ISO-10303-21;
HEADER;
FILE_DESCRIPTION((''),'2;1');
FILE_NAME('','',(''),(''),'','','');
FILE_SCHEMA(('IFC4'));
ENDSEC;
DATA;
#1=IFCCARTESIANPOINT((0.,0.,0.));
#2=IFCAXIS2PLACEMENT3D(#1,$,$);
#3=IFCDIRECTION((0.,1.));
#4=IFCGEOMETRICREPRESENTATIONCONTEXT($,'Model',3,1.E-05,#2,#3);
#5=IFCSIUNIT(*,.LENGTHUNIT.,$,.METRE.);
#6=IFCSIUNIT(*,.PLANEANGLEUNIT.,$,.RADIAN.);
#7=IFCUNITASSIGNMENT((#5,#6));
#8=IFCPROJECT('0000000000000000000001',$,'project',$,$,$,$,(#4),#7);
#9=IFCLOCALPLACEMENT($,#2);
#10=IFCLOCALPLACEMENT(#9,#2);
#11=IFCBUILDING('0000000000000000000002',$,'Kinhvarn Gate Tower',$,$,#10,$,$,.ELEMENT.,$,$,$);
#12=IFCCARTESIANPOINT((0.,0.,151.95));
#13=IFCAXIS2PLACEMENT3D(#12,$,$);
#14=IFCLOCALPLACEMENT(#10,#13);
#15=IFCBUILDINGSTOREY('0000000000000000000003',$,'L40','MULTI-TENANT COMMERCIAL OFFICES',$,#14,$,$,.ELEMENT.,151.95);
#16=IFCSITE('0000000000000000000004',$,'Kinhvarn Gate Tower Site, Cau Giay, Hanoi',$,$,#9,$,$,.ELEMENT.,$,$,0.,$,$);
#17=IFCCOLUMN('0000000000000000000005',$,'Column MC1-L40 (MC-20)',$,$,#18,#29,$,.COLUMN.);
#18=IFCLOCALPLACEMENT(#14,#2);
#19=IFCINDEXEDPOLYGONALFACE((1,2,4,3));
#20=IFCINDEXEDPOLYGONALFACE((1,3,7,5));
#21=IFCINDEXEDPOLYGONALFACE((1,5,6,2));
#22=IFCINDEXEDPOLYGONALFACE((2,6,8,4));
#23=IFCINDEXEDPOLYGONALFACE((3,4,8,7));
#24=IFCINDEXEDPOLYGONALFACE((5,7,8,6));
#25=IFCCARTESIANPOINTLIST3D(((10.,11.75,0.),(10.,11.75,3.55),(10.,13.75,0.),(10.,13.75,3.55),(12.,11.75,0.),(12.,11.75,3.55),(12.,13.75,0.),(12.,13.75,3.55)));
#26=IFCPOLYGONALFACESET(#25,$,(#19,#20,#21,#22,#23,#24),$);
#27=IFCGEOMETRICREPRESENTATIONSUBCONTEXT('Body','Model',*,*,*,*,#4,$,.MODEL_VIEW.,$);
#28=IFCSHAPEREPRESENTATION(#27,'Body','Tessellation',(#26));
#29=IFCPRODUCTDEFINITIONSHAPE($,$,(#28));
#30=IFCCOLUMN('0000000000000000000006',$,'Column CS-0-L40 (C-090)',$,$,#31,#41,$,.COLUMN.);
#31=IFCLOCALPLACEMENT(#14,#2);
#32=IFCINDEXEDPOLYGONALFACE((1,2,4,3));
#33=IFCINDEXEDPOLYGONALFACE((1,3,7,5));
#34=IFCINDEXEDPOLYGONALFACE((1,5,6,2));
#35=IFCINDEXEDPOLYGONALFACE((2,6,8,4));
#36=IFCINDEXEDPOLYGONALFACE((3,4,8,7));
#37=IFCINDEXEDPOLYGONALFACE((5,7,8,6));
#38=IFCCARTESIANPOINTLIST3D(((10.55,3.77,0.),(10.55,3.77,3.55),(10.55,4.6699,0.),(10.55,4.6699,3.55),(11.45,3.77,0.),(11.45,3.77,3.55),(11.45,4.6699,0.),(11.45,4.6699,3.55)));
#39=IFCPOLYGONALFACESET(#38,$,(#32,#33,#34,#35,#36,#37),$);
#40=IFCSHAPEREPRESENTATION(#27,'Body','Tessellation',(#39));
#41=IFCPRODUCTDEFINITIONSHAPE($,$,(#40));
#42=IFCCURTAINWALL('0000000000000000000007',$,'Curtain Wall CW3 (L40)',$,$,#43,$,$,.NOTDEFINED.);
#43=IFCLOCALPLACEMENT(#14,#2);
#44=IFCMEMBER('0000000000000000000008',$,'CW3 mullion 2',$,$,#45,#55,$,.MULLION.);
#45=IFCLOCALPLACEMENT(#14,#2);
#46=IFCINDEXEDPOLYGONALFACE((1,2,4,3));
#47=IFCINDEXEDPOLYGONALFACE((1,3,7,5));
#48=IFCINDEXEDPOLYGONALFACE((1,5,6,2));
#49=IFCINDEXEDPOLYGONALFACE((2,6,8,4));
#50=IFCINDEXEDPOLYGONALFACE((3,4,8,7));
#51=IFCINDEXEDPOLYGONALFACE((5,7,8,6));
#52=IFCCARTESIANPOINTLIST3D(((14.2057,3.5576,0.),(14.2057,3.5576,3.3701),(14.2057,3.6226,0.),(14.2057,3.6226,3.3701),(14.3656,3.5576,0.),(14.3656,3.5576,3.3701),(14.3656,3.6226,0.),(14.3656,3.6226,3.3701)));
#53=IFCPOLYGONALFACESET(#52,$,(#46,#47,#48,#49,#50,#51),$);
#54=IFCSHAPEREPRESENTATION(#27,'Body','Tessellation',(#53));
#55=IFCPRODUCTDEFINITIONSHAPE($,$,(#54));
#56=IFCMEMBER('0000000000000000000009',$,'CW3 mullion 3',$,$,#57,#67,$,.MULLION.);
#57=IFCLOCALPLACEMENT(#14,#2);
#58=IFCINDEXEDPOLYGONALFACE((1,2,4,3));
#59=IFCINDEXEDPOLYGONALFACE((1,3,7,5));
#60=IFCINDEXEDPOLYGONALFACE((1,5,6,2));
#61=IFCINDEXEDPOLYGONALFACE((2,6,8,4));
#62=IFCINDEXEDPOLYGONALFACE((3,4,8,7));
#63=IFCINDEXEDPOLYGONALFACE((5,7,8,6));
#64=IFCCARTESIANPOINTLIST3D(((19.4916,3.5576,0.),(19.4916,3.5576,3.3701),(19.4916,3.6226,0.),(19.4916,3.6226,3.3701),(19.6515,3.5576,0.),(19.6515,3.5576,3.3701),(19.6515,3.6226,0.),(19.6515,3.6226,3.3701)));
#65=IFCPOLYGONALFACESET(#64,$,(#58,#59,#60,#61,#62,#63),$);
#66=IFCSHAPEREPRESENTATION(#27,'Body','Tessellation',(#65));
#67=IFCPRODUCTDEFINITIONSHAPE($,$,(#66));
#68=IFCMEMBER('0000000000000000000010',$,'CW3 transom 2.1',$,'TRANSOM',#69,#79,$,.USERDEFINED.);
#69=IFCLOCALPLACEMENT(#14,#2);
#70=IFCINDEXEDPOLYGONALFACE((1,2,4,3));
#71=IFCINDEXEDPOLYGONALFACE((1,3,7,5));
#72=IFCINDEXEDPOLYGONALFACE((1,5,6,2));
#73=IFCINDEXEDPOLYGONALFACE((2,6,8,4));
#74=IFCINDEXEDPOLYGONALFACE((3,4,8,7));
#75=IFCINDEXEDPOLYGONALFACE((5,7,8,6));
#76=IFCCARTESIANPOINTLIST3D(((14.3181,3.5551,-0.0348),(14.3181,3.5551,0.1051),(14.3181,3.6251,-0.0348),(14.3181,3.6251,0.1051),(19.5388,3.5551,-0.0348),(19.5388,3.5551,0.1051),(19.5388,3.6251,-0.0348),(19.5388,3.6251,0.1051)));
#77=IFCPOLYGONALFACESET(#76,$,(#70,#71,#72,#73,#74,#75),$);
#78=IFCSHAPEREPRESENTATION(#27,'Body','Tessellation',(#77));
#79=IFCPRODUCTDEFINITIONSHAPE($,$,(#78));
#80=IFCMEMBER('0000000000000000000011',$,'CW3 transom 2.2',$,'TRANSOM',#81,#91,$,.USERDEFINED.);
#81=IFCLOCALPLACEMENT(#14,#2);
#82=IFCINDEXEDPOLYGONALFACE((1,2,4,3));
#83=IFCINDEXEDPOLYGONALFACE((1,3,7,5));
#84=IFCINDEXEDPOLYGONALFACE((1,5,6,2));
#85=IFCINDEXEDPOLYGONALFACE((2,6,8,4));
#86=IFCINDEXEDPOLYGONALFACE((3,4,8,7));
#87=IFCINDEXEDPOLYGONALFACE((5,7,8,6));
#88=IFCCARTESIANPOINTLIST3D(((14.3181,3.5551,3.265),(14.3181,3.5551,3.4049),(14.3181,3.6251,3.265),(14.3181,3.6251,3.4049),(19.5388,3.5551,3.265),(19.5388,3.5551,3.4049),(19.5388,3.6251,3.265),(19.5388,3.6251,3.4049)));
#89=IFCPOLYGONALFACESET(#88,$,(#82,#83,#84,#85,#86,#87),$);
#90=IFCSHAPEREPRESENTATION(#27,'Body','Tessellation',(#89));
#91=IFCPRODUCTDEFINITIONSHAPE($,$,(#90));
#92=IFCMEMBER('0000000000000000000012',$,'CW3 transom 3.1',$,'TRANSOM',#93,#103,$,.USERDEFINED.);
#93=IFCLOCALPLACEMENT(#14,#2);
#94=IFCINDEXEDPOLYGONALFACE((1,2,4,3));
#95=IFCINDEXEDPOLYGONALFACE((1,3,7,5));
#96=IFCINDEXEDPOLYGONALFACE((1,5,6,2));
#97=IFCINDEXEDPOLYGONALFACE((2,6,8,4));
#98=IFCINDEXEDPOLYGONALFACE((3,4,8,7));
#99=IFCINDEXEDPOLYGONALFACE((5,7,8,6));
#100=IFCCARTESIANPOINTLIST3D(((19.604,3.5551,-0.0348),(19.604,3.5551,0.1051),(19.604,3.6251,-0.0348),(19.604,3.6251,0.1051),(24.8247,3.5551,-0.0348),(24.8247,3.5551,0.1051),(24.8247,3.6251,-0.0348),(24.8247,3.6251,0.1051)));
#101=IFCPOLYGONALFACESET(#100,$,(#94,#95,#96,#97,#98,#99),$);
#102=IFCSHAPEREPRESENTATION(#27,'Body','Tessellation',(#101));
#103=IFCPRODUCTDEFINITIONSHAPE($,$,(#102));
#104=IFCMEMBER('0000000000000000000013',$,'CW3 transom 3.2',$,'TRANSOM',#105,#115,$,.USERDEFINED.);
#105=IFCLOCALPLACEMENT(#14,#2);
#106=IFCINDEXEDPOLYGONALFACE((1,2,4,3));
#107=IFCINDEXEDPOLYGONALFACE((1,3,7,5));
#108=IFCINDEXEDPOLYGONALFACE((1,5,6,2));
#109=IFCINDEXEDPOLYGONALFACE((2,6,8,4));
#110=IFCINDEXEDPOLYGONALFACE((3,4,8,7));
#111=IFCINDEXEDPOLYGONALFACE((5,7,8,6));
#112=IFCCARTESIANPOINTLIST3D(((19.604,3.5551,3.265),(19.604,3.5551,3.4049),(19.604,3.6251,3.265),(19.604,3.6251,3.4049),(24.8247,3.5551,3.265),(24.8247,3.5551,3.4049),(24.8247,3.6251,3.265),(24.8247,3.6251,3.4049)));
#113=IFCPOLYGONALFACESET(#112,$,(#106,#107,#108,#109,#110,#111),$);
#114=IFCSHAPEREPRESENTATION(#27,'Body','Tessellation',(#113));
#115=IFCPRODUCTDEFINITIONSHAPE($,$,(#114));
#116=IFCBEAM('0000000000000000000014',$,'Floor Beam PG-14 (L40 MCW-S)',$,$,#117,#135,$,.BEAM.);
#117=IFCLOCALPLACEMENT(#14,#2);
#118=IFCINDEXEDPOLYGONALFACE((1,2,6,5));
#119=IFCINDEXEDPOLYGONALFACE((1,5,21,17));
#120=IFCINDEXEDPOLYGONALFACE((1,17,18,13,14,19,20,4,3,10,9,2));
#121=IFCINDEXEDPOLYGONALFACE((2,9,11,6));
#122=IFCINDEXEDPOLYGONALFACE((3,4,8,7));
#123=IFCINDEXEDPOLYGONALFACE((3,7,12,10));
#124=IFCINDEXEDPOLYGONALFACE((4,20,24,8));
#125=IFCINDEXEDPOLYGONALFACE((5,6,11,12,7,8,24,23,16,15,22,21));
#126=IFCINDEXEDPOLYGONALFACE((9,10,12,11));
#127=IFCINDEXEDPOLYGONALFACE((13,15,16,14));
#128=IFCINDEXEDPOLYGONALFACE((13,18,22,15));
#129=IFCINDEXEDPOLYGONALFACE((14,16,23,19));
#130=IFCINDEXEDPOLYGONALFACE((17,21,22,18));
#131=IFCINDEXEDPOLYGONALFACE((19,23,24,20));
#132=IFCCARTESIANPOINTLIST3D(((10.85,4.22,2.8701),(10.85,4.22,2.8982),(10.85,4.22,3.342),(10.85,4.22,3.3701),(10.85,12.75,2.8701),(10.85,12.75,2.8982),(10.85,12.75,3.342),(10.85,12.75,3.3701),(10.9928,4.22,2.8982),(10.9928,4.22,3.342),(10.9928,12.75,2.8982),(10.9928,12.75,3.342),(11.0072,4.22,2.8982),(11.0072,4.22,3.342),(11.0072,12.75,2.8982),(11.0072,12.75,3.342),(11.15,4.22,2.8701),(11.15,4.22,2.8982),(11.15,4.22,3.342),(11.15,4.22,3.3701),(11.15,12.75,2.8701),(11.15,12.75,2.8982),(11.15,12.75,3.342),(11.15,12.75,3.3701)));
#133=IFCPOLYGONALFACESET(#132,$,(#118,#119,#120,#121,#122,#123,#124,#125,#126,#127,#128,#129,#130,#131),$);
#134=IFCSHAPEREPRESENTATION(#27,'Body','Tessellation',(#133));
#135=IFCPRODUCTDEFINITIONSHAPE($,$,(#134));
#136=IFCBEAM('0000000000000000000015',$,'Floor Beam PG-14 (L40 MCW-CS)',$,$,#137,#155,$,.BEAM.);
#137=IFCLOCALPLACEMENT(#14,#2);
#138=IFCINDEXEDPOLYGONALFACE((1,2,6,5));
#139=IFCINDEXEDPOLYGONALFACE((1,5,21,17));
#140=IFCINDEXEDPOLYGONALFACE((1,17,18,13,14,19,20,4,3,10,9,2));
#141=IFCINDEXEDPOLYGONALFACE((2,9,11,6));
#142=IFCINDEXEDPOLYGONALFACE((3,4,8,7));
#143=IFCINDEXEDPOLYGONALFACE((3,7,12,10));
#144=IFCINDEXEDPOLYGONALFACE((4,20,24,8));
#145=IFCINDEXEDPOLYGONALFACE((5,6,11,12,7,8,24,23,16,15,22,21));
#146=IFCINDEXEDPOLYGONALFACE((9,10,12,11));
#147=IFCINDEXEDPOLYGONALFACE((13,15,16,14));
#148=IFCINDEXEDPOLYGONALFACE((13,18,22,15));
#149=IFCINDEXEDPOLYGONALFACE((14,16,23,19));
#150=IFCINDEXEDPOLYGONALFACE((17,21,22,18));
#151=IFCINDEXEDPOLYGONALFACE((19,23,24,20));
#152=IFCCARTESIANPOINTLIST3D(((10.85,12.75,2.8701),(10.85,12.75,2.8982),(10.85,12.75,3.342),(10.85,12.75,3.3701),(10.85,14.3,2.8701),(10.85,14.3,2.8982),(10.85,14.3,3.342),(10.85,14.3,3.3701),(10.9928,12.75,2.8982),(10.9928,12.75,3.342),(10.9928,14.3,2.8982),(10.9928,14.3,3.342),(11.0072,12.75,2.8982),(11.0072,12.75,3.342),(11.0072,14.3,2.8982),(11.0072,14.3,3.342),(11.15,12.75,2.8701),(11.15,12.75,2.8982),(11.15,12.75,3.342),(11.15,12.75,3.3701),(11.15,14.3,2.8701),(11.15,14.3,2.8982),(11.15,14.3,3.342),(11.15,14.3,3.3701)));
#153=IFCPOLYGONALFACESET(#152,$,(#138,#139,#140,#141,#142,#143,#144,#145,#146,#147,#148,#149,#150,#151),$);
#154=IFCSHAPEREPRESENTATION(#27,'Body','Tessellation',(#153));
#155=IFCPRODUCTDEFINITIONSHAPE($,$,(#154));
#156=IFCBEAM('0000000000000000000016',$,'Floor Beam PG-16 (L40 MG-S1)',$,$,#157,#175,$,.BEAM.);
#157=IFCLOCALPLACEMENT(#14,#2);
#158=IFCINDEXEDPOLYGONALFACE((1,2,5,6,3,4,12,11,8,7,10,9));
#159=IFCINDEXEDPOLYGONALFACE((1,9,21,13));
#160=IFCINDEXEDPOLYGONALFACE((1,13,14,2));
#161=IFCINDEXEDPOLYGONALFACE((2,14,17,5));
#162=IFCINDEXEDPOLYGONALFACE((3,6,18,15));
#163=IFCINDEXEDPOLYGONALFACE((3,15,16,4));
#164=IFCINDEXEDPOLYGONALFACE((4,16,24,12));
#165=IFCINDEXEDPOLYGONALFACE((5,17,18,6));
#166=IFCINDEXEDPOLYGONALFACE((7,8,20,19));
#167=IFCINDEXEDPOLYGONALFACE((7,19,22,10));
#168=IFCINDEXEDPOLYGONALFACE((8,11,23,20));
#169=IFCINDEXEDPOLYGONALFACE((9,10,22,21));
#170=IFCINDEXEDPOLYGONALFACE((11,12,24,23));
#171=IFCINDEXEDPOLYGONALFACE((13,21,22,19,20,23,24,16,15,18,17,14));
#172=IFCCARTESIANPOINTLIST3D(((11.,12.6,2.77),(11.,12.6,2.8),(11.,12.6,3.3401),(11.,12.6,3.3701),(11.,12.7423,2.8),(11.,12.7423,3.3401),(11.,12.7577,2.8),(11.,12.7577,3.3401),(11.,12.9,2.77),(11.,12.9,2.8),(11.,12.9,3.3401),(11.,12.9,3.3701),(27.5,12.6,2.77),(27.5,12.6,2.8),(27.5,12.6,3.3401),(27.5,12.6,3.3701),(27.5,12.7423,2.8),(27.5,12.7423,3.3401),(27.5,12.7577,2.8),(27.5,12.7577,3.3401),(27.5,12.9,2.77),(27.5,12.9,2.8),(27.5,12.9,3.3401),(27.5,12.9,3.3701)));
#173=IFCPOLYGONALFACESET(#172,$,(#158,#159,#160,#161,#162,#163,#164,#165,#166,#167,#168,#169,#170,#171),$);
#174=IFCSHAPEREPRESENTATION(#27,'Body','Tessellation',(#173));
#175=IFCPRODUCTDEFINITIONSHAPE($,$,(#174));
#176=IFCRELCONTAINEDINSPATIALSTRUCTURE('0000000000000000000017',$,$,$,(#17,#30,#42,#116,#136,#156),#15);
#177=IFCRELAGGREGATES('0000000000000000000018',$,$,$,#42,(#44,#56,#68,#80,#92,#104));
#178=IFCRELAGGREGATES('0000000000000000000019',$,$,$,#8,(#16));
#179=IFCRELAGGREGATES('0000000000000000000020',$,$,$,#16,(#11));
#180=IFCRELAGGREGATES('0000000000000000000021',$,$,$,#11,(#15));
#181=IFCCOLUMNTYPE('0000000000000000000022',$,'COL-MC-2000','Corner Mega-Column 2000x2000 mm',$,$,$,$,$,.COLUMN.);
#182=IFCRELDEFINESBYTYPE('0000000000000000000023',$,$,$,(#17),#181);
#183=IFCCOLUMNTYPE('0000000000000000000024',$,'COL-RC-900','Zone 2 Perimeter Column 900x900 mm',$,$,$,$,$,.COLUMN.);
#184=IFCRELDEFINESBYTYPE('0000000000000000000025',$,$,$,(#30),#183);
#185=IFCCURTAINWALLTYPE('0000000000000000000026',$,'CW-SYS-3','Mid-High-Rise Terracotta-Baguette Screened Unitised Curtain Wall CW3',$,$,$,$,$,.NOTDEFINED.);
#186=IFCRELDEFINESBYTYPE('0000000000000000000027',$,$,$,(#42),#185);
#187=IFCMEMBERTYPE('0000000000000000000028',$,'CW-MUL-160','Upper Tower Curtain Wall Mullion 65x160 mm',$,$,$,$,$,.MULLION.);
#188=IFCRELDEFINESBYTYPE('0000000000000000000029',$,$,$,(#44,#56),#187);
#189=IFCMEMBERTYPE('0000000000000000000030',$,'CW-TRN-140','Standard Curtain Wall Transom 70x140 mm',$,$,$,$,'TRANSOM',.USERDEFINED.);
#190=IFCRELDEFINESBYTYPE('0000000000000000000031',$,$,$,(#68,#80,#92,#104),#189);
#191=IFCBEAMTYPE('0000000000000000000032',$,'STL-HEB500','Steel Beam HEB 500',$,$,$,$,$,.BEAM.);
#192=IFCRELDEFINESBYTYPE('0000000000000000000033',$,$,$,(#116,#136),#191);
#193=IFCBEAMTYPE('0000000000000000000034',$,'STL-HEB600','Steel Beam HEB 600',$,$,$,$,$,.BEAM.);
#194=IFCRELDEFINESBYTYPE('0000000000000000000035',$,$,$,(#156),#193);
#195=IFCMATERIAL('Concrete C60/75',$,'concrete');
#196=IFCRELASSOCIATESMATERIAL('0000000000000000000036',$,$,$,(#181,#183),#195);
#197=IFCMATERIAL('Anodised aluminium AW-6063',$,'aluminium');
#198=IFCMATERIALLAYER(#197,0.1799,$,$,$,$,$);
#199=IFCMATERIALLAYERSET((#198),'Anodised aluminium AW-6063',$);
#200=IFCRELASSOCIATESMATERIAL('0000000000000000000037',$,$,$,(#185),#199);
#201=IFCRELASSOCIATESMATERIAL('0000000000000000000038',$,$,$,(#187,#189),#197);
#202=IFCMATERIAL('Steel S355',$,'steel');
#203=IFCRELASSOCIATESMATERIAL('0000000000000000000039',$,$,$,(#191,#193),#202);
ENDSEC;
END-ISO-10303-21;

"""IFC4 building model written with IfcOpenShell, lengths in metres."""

from ifc_helpers import new_model, si_unit, direction, frame, origin, origin_2d, place, context, subcontext, project, spatial, rectangle, i_section, extrude, material, layer, layer_set, material_profile, profile_set, type_object, element, aggregate, save


model = new_model("IFC4")

# Units and contexts
model_context = context("Model", 3, precision=1e-05, world=origin(), true_north=direction((0.0, 1.0)))
body_context = subcontext(model_context, "Body", "Model", "MODEL_VIEW")
ifc_project = project(units=[si_unit("LENGTHUNIT", "METRE"), si_unit("PLANEANGLEUNIT", "RADIAN")], contexts=[model_context])

# Site, building, storey
site_placement = place(None, origin())
site = spatial("IfcSite", under=ifc_project, at=site_placement, Name="Kinhvarn Gate Tower Site, Cau Giay, Hanoi", CompositionType="ELEMENT", RefElevation=0.0)
building_placement = place(site_placement, origin())
building = spatial("IfcBuilding", under=site, at=building_placement, Name="Kinhvarn Gate Tower", CompositionType="ELEMENT")
storey_placement = place(building_placement, frame((0.0, 0.0, 151.95)))
storey = spatial("IfcBuildingStorey", under=building, at=storey_placement, Name="L40", Description="MULTI-TENANT COMMERCIAL OFFICES", CompositionType="ELEMENT", Elevation=151.95)

# Columns
ifc_material_1 = material(Name="Concrete C60/75", Category="concrete")
ifc_material_profile_1 = material_profile(ifc_material_1, rectangle(XDim=2.0, YDim=2.0, at=origin_2d()), Name="RC 2000x2000")
ifc_profile_set_1 = profile_set([ifc_material_profile_1], Name="Concrete C60/75")
column_type_1 = type_object("IfcColumnType", Name="COL-MC-2000", Description="Corner Mega-Column 2000x2000 mm", PredefinedType="COLUMN", material=ifc_profile_set_1)
column_1_placement = place(storey_placement, frame((11.0, 12.75, 0.0), z_axis=(0.0, 0.0, 1.0), x_axis=(1.0, 0.0, 0.0)))
element("IfcColumn", 1, at=column_1_placement, inside=storey, type_object=column_type_1, Name="Column MC1-L40 (MC-20)", PredefinedType="COLUMN", context=body_context, shape_type="SweptSolid", body=[
    extrude(rectangle(XDim=2.0, YDim=2.0, at=origin_2d()), origin(), (0.0, 0.0, 1.0), 3.55),
])
ifc_material_profile_2 = material_profile(ifc_material_1, rectangle(XDim=0.8999, YDim=0.8999, at=origin_2d()), Name="RC 900x900")
ifc_profile_set_2 = profile_set([ifc_material_profile_2], Name="Concrete C60/75")
column_type_2 = type_object("IfcColumnType", Name="COL-RC-900", Description="Zone 2 Perimeter Column 900x900 mm", PredefinedType="COLUMN", material=ifc_profile_set_2)
column_2_placement = place(storey_placement, frame((11.0, 4.22, 0.0), z_axis=(0.0, 0.0, 1.0), x_axis=(1.0, 0.0, 0.0)))
element("IfcColumn", 2, at=column_2_placement, inside=storey, type_object=column_type_2, Name="Column CS-0-L40 (C-090)", PredefinedType="COLUMN", context=body_context, shape_type="SweptSolid", body=[
    extrude(rectangle(XDim=0.8999, YDim=0.8999, at=origin_2d()), origin(), (0.0, 0.0, 1.0), 3.55),
])

# Curtain wall, members
ifc_material_2 = material(Name="Anodised aluminium AW-6063", Category="aluminium")
ifc_layer_1 = layer(ifc_material_2, 0.1799)
ifc_layer_set_1 = layer_set([ifc_layer_1], Name="Anodised aluminium AW-6063")
curtain_wall_type = type_object("IfcCurtainWallType", Name="CW-SYS-3", Description="Mid-High-Rise Terracotta-Baguette Screened Unitised Curtain Wall CW3", PredefinedType="NOTDEFINED", material=ifc_layer_set_1)
curtain_wall_placement = place(storey_placement, origin())
curtain_wall = element("IfcCurtainWall", 3, at=curtain_wall_placement, inside=storey, type_object=curtain_wall_type, Name="Curtain Wall CW3 (L40)", PredefinedType="NOTDEFINED")
ifc_material_profile_3 = material_profile(ifc_material_2, rectangle(XDim=0.0649, YDim=0.1599, at=origin_2d()), Name="ALU 65x160")
ifc_profile_set_3 = profile_set([ifc_material_profile_3], Name="Anodised aluminium AW-6063")
member_type_1 = type_object("IfcMemberType", Name="CW-MUL-160", Description="Upper Tower Curtain Wall Mullion 65x160 mm", PredefinedType="MULLION", material=ifc_profile_set_3)
member_1_placement = place(storey_placement, frame((14.2856, 3.5901, 0.0), z_axis=(0.0, 0.0, 1.0), x_axis=(0.0, 1.0, 0.0)))
member_1 = element("IfcMember", 4, at=member_1_placement, type_object=member_type_1, Name="CW3 mullion 2", PredefinedType="MULLION", context=body_context, shape_type="SweptSolid", body=[
    extrude(rectangle(XDim=0.0649, YDim=0.1599, at=origin_2d()), origin(), (0.0, 0.0, 1.0), 3.3701),
])
member_2_placement = place(storey_placement, frame((19.5715, 3.5901, 0.0), z_axis=(0.0, 0.0, 1.0), x_axis=(0.0, 1.0, 0.0)))
member_2 = element("IfcMember", 5, at=member_2_placement, type_object=member_type_1, Name="CW3 mullion 3", PredefinedType="MULLION", context=body_context, shape_type="SweptSolid", body=[
    extrude(rectangle(XDim=0.0649, YDim=0.1599, at=origin_2d()), origin(), (0.0, 0.0, 1.0), 3.3701),
])
ifc_material_profile_4 = material_profile(ifc_material_2, rectangle(XDim=0.0701, YDim=0.1399, at=origin_2d()), Name="ALU 70x140")
ifc_profile_set_4 = profile_set([ifc_material_profile_4], Name="Anodised aluminium AW-6063")
member_type_2 = type_object("IfcMemberType", Name="CW-TRN-140", Description="Standard Curtain Wall Transom 70x140 mm", ElementType="TRANSOM", PredefinedType="USERDEFINED", material=ifc_profile_set_4)
member_3_placement = place(storey_placement, frame((14.3181, 3.5901, 0.0352), z_axis=(1.0, 0.0, 0.0), x_axis=(0.0, 1.0, 0.0)))
member_3 = element("IfcMember", 6, at=member_3_placement, type_object=member_type_2, Name="CW3 transom 2.1", ObjectType="TRANSOM", PredefinedType="USERDEFINED", context=body_context, shape_type="SweptSolid", body=[
    extrude(rectangle(XDim=0.0701, YDim=0.1399, at=origin_2d()), origin(), (0.0, 0.0, 1.0), 5.2207),
])
member_4_placement = place(storey_placement, frame((14.3181, 3.5901, 3.335), z_axis=(1.0, 0.0, 0.0), x_axis=(0.0, 1.0, 0.0)))
member_4 = element("IfcMember", 7, at=member_4_placement, type_object=member_type_2, Name="CW3 transom 2.2", ObjectType="TRANSOM", PredefinedType="USERDEFINED", context=body_context, shape_type="SweptSolid", body=[
    extrude(rectangle(XDim=0.0701, YDim=0.1399, at=origin_2d()), origin(), (0.0, 0.0, 1.0), 5.2207),
])
member_5_placement = place(storey_placement, frame((19.604, 3.5901, 0.0352), z_axis=(1.0, 0.0, 0.0), x_axis=(0.0, 1.0, 0.0)))
member_5 = element("IfcMember", 8, at=member_5_placement, type_object=member_type_2, Name="CW3 transom 3.1", ObjectType="TRANSOM", PredefinedType="USERDEFINED", context=body_context, shape_type="SweptSolid", body=[
    extrude(rectangle(XDim=0.0701, YDim=0.1399, at=origin_2d()), origin(), (0.0, 0.0, 1.0), 5.2207),
])
member_6_placement = place(storey_placement, frame((19.604, 3.5901, 3.335), z_axis=(1.0, 0.0, 0.0), x_axis=(0.0, 1.0, 0.0)))
member_6 = element("IfcMember", 9, at=member_6_placement, type_object=member_type_2, Name="CW3 transom 3.2", ObjectType="TRANSOM", PredefinedType="USERDEFINED", context=body_context, shape_type="SweptSolid", body=[
    extrude(rectangle(XDim=0.0701, YDim=0.1399, at=origin_2d()), origin(), (0.0, 0.0, 1.0), 5.2207),
])

# Beams
ifc_material_3 = material(Name="Steel S355", Category="steel")
ifc_material_profile_5 = material_profile(ifc_material_3, i_section(OverallWidth=0.3, OverallDepth=0.5, WebThickness=0.0144, FlangeThickness=0.0281, at=origin_2d()), Name="HEB 500")
ifc_profile_set_5 = profile_set([ifc_material_profile_5], Name="Steel S355")
beam_type_1 = type_object("IfcBeamType", Name="STL-HEB500", Description="Steel Beam HEB 500", PredefinedType="BEAM", material=ifc_profile_set_5)
beam_1_placement = place(storey_placement, frame((11.0, 4.22, 3.1201), z_axis=(0.0, 1.0, 0.0), x_axis=(-1.0, 0.0, 0.0)))
element("IfcBeam", 10, at=beam_1_placement, inside=storey, type_object=beam_type_1, Name="Floor Beam PG-14 (L40 MCW-S)", PredefinedType="BEAM", context=body_context, shape_type="SweptSolid", body=[
    extrude(i_section(OverallWidth=0.3, OverallDepth=0.5, WebThickness=0.0144, FlangeThickness=0.0281, at=origin_2d()), origin(), (0.0, 0.0, 1.0), 8.53),
])
beam_2_placement = place(storey_placement, frame((11.0, 12.75, 3.1201), z_axis=(0.0, 1.0, 0.0), x_axis=(-1.0, 0.0, 0.0)))
element("IfcBeam", 11, at=beam_2_placement, inside=storey, type_object=beam_type_1, Name="Floor Beam PG-14 (L40 MCW-CS)", PredefinedType="BEAM", context=body_context, shape_type="SweptSolid", body=[
    extrude(i_section(OverallWidth=0.3, OverallDepth=0.5, WebThickness=0.0144, FlangeThickness=0.0281, at=origin_2d()), origin(), (0.0, 0.0, 1.0), 1.55),
])
ifc_material_profile_6 = material_profile(ifc_material_3, i_section(OverallWidth=0.3, OverallDepth=0.6001, WebThickness=0.0154, FlangeThickness=0.03, at=origin_2d()), Name="HEB 600")
ifc_profile_set_6 = profile_set([ifc_material_profile_6], Name="Steel S355")
beam_type_2 = type_object("IfcBeamType", Name="STL-HEB600", Description="Steel Beam HEB 600", PredefinedType="BEAM", material=ifc_profile_set_6)
beam_3_placement = place(storey_placement, frame((11.0, 12.75, 3.0701), z_axis=(1.0, 0.0, 0.0), x_axis=(0.0, 1.0, 0.0)))
element("IfcBeam", 12, at=beam_3_placement, inside=storey, type_object=beam_type_2, Name="Floor Beam PG-16 (L40 MG-S1)", PredefinedType="BEAM", context=body_context, shape_type="SweptSolid", body=[
    extrude(i_section(OverallWidth=0.3, OverallDepth=0.6001, WebThickness=0.0154, FlangeThickness=0.03, at=origin_2d()), origin(), (0.0, 0.0, 1.0), 16.5),
])

aggregate(curtain_wall, [member_1, member_2, member_3, member_4, member_5, member_6])

save(model, "model.ifc")
